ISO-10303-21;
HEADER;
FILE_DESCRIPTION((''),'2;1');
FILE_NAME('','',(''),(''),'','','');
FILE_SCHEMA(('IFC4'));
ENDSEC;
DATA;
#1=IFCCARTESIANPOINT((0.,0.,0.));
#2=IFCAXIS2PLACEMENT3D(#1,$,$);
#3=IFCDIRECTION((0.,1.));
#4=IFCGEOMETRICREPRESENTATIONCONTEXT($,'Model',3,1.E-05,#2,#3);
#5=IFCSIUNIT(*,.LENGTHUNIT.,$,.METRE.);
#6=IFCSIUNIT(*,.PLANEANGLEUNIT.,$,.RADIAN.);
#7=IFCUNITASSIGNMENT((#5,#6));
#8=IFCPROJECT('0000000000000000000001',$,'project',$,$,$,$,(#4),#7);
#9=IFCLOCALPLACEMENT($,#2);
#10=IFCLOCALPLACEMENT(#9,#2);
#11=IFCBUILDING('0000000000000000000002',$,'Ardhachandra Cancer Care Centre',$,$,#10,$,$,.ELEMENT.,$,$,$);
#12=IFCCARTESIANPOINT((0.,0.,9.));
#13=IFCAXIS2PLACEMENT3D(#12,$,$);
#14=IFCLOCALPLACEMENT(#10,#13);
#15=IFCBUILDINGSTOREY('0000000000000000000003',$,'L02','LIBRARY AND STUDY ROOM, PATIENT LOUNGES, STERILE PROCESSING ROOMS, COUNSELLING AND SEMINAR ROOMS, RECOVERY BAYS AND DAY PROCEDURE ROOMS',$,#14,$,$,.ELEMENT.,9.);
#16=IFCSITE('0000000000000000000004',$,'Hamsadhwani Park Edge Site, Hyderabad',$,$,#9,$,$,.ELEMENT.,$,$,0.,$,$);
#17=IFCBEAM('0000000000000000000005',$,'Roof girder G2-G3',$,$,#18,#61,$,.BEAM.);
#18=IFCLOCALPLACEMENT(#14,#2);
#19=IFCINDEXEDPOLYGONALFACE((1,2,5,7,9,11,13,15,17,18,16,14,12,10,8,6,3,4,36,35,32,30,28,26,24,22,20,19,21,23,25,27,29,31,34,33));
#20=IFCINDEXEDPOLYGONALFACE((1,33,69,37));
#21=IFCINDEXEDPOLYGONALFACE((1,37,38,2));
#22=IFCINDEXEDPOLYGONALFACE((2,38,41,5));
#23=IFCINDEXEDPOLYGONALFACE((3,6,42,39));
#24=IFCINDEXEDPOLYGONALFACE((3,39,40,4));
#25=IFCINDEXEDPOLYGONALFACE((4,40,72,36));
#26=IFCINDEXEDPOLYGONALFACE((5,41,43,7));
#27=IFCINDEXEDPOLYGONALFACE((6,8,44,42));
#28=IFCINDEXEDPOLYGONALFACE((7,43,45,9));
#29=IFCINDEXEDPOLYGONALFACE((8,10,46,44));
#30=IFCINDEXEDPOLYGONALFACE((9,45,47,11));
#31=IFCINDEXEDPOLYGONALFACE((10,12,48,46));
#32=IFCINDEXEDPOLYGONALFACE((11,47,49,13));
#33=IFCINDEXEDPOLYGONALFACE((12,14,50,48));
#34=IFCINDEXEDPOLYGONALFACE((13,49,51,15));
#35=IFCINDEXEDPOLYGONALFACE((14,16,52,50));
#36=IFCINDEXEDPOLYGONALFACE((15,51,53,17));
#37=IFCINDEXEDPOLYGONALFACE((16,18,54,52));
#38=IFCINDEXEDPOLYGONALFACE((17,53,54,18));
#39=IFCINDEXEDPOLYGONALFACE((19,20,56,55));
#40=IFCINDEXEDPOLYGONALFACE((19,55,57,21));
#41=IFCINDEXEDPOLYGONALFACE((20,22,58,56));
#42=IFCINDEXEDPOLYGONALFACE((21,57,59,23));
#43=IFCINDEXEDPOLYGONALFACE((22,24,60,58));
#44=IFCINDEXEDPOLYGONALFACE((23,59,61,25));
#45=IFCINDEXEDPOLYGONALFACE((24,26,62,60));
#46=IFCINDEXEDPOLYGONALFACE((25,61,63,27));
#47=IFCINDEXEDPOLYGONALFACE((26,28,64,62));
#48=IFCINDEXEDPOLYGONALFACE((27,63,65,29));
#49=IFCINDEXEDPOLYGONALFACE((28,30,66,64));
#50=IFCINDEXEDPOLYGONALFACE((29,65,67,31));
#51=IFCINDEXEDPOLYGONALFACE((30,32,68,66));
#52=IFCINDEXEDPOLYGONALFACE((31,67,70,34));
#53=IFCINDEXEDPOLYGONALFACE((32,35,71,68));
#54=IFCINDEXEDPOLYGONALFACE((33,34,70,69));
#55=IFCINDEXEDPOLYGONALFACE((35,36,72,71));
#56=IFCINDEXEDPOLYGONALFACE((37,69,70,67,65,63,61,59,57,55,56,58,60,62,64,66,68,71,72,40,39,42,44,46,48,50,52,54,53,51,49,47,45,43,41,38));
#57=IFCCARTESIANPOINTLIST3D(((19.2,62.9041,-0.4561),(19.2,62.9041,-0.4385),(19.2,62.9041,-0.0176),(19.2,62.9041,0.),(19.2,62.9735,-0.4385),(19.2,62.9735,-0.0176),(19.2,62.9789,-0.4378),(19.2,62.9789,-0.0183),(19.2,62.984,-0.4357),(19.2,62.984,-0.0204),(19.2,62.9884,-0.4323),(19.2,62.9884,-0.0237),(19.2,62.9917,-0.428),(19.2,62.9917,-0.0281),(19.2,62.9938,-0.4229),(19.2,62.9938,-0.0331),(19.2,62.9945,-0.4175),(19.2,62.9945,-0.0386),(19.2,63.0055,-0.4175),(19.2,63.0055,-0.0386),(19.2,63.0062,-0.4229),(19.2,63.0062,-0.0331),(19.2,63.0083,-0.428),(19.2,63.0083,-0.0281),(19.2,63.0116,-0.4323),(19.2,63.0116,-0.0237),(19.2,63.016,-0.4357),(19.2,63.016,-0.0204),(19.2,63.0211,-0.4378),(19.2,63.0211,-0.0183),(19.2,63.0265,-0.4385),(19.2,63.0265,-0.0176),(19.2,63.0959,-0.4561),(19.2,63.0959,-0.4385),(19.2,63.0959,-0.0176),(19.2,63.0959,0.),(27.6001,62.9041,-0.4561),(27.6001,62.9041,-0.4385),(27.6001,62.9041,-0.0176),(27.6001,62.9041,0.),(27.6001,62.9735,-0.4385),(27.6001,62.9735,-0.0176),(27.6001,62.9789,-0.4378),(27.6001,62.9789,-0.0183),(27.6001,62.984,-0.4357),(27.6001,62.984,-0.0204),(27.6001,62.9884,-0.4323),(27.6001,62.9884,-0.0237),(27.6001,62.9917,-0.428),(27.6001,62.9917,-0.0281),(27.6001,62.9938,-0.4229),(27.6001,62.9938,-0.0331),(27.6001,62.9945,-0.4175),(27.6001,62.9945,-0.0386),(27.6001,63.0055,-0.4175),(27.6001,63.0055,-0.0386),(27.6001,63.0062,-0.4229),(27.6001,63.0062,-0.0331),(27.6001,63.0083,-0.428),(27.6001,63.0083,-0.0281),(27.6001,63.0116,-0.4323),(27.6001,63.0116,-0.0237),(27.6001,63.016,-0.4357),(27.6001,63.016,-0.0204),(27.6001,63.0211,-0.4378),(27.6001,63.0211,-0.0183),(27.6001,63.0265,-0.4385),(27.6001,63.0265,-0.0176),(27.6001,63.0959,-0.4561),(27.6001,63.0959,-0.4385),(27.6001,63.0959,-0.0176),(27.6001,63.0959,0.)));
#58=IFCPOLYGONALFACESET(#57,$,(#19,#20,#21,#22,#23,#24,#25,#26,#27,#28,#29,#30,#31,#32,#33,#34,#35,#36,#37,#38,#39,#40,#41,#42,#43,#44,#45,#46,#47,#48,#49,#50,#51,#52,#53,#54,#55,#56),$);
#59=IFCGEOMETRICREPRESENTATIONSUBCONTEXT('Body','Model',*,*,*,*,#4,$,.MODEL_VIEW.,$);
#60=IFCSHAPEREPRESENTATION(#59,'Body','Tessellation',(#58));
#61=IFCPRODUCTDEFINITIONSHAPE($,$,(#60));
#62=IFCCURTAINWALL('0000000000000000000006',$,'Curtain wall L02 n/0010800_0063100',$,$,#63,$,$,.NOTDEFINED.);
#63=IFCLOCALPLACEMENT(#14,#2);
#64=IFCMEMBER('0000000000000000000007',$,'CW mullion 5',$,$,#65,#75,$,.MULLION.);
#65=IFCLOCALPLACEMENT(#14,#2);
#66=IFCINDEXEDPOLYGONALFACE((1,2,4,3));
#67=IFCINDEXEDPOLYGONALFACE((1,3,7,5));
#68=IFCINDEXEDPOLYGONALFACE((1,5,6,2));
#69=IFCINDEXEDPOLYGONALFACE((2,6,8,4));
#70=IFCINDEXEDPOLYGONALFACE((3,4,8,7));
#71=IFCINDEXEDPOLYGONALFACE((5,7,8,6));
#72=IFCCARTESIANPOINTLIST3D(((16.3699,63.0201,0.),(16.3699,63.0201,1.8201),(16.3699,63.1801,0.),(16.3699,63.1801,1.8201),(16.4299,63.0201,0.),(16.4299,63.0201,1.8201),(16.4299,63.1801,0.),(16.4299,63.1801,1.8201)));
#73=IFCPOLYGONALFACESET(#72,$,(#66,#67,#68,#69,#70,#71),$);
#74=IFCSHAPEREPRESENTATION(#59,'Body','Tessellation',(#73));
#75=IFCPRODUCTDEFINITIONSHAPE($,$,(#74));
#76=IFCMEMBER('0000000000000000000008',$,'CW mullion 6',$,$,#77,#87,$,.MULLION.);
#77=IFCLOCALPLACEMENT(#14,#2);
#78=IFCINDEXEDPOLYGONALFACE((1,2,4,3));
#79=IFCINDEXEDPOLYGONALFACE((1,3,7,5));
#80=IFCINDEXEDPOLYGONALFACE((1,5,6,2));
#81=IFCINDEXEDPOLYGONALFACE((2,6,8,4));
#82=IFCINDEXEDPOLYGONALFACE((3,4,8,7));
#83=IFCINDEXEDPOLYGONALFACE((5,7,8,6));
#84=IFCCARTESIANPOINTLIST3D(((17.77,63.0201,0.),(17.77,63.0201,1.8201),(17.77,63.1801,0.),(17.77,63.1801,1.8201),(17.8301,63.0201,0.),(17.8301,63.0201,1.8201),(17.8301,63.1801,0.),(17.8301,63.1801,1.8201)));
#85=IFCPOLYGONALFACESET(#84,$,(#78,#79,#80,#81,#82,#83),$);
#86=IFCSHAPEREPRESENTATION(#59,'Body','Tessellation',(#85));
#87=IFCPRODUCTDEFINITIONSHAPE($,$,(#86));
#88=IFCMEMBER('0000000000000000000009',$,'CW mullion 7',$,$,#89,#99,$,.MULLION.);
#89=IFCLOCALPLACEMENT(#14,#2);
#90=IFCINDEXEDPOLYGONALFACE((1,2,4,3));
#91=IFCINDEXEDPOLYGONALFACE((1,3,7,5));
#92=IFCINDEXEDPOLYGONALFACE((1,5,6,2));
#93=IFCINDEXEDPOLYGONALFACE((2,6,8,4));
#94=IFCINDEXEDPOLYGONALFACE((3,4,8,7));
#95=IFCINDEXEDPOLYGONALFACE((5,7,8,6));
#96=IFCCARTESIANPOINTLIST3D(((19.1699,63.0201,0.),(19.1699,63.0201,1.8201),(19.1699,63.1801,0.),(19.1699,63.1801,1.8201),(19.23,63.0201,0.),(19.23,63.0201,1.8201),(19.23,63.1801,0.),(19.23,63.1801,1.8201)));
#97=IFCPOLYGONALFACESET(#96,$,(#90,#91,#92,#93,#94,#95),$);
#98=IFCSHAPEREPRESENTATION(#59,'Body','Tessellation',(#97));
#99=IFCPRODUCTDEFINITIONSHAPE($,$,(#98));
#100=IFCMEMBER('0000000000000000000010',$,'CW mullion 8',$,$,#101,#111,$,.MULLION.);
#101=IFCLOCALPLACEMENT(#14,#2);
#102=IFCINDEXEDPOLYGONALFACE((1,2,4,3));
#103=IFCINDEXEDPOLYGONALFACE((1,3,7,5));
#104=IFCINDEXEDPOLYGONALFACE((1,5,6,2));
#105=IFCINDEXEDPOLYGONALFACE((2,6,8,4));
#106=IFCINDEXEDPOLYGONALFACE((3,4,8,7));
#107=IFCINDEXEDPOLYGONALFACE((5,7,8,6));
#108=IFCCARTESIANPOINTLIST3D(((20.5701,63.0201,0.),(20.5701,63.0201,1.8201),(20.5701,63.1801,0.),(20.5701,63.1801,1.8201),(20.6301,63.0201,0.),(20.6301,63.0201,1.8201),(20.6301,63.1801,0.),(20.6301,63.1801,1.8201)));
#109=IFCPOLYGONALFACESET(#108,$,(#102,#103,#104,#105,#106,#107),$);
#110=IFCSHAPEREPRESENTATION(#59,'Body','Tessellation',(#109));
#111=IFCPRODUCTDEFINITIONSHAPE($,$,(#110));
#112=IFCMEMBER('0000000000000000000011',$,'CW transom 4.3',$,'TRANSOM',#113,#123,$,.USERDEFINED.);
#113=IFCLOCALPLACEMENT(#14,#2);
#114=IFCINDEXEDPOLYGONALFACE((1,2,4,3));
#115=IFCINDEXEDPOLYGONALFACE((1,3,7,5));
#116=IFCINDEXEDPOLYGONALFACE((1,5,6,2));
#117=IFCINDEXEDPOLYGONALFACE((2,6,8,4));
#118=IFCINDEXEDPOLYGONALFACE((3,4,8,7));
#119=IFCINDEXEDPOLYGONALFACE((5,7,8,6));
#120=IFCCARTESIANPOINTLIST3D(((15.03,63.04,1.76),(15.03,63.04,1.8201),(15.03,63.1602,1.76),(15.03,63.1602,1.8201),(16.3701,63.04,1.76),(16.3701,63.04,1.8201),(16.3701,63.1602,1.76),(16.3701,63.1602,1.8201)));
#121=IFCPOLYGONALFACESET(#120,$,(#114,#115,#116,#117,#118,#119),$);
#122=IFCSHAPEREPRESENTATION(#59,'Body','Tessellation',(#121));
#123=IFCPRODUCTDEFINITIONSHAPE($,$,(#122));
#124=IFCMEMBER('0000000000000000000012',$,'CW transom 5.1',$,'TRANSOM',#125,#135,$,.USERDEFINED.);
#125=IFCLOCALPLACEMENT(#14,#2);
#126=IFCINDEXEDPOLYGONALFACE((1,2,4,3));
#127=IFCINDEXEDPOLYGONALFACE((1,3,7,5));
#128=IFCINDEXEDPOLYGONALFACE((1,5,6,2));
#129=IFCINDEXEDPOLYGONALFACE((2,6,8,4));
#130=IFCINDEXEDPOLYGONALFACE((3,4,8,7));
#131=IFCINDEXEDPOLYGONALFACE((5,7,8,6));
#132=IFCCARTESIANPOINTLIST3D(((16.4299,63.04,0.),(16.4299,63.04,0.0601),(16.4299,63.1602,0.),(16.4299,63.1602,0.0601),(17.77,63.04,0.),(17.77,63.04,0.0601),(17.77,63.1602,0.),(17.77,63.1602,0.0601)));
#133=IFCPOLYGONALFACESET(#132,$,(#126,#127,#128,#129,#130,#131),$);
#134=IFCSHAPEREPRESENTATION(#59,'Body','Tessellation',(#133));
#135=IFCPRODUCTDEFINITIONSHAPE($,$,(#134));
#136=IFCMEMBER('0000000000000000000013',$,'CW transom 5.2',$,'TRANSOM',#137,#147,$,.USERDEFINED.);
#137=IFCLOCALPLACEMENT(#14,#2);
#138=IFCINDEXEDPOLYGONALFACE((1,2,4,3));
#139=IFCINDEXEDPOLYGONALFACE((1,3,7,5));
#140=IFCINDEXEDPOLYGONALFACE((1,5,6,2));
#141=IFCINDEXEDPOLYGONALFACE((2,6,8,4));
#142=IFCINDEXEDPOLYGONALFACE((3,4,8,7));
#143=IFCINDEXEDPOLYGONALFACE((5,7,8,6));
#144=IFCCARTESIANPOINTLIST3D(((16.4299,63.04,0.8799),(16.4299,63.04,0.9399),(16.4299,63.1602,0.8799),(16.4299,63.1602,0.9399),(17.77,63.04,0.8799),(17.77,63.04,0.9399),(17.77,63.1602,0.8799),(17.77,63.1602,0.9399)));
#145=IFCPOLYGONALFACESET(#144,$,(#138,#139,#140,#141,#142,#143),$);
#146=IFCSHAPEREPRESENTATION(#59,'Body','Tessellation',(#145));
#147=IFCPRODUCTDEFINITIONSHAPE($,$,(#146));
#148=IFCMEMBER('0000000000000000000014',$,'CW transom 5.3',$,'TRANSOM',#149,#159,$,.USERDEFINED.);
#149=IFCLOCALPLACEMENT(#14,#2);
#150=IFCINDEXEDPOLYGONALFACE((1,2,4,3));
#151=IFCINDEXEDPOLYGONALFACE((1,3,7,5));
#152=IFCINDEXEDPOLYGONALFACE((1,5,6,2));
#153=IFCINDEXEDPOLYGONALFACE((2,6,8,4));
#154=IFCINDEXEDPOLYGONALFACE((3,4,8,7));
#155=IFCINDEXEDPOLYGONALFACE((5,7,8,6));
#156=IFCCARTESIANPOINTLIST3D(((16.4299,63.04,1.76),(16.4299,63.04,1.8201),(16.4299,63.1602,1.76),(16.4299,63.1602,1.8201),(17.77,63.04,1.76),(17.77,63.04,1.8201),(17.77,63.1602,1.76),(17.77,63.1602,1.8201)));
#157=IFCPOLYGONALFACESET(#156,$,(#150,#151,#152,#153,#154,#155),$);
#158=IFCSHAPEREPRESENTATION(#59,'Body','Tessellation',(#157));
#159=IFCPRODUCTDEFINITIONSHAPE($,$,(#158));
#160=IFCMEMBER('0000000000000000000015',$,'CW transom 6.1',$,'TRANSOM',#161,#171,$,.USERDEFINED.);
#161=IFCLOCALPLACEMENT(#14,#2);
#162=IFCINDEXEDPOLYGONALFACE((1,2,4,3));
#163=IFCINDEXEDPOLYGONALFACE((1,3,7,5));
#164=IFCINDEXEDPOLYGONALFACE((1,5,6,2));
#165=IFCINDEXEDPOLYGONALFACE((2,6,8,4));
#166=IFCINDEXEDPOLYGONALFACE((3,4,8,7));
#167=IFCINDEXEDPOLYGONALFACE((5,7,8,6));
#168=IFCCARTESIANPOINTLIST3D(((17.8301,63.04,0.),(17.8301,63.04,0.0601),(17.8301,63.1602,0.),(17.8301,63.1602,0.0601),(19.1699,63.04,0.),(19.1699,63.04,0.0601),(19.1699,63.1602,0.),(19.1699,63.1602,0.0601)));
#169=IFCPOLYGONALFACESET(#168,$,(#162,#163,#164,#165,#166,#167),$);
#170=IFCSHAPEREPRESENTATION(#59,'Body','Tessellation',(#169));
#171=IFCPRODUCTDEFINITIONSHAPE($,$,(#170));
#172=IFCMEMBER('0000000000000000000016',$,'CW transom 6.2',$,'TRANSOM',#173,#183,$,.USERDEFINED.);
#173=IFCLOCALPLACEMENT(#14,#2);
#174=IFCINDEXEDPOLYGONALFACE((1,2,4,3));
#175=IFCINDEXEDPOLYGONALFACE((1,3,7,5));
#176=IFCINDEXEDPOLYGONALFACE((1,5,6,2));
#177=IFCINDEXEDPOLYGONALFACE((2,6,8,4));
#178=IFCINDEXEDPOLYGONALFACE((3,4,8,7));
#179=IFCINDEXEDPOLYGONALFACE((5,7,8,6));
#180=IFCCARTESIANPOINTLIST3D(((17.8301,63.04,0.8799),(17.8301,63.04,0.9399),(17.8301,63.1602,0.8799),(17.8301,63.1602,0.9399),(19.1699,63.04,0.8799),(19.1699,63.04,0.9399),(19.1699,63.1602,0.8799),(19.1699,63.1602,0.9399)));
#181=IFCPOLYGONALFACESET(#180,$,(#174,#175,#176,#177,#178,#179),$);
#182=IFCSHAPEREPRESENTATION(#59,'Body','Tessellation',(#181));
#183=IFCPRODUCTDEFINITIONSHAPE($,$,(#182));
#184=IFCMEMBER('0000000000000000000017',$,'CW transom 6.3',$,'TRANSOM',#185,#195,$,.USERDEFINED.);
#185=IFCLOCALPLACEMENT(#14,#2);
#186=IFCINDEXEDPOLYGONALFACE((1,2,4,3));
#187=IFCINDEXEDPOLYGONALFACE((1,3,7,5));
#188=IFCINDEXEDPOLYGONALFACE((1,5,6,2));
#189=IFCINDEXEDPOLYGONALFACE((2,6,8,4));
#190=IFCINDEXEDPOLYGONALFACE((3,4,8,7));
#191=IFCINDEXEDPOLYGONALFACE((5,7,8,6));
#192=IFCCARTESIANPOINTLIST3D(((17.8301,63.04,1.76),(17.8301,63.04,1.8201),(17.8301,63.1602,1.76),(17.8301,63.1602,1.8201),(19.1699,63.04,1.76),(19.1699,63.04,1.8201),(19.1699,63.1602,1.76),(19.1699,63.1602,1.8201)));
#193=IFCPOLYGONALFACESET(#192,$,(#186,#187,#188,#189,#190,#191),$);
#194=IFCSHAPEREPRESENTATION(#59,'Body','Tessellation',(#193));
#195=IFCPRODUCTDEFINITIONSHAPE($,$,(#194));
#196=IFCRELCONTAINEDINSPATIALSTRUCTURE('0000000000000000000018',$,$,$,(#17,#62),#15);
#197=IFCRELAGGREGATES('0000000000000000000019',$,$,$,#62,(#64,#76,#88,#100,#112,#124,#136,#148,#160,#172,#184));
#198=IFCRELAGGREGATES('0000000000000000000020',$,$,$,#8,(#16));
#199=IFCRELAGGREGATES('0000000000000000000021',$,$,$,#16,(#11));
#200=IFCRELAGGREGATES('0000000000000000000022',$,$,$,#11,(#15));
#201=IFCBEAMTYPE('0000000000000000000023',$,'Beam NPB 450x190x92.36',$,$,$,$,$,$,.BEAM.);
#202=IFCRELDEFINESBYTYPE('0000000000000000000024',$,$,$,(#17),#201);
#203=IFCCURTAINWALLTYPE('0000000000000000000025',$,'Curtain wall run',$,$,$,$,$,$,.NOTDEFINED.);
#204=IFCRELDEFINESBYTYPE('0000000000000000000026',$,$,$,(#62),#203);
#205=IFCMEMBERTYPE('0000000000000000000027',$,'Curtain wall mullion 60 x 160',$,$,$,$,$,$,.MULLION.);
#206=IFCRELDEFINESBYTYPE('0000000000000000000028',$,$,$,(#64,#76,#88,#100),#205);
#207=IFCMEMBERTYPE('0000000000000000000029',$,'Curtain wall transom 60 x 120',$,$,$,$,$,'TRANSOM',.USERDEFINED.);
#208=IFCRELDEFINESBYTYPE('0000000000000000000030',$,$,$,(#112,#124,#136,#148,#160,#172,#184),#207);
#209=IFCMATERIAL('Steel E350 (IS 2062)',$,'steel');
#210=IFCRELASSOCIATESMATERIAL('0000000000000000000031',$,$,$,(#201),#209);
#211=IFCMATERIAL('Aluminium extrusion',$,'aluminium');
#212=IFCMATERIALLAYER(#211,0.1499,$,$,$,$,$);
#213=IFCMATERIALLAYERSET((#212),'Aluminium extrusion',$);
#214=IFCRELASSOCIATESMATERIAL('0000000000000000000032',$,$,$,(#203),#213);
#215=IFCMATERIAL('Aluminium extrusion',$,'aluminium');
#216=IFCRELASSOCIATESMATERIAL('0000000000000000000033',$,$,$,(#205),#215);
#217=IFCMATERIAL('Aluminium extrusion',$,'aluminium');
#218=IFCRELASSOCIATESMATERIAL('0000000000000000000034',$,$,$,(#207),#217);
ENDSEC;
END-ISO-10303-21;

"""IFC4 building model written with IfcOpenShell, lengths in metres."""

from ifc_helpers import new_model, si_unit, direction, frame, origin, origin_2d, place, context, subcontext, project, spatial, rectangle, i_section, extrude, material, layer, layer_set, material_profile, profile_set, type_object, element, aggregate, save


model = new_model("IFC4")

# Units and contexts
model_context = context("Model", 3, precision=1e-05, world=origin(), true_north=direction((0.0, 1.0)))
body_context = subcontext(model_context, "Body", "Model", "MODEL_VIEW")
ifc_project = project(units=[si_unit("LENGTHUNIT", "METRE"), si_unit("PLANEANGLEUNIT", "RADIAN")], contexts=[model_context])

# Site, building, storey
site_placement = place(None, origin())
site = spatial("IfcSite", under=ifc_project, at=site_placement, Name="Hamsadhwani Park Edge Site, Hyderabad", CompositionType="ELEMENT", RefElevation=0.0)
building_placement = place(site_placement, origin())
building = spatial("IfcBuilding", under=site, at=building_placement, Name="Ardhachandra Cancer Care Centre", CompositionType="ELEMENT")
storey_placement = place(building_placement, frame((0.0, 0.0, 9.0)))
storey = spatial("IfcBuildingStorey", under=building, at=storey_placement, Name="L02", Description="LIBRARY AND STUDY ROOM, PATIENT LOUNGES, STERILE PROCESSING ROOMS, COUNSELLING AND SEMINAR ROOMS, RECOVERY BAYS AND DAY PROCEDURE ROOMS", CompositionType="ELEMENT", Elevation=9.0)

# Beam
ifc_material_1 = material(Name="Steel E350 (IS 2062)", Category="steel")
ifc_material_profile_1 = material_profile(ifc_material_1, i_section(OverallWidth=0.1919, OverallDepth=0.4561, WebThickness=0.011, FlangeThickness=0.0176, FilletRadius=0.021, at=origin_2d()), Name="NPB 450x190x92.36")
ifc_profile_set_1 = profile_set([ifc_material_profile_1], Name="Steel E350 (IS 2062)")
beam_type = type_object("IfcBeamType", Name="Beam NPB 450x190x92.36", PredefinedType="BEAM", material=ifc_profile_set_1)
beam_placement = place(storey_placement, frame((19.2, 63.0, -0.228), z_axis=(1.0, 0.0, 0.0), x_axis=(0.0, 1.0, 0.0)))
element("IfcBeam", 1, at=beam_placement, inside=storey, type_object=beam_type, Name="Roof girder G2-G3", PredefinedType="BEAM", context=body_context, shape_type="SweptSolid", body=[
    extrude(i_section(OverallWidth=0.1919, OverallDepth=0.4561, WebThickness=0.011, FlangeThickness=0.0176, FilletRadius=0.021, at=origin_2d()), origin(), (0.0, 0.0, 1.0), 8.4001),
])

# Curtain wall, members
ifc_material_2 = material(Name="Aluminium extrusion", Category="aluminium")
ifc_layer_1 = layer(ifc_material_2, 0.1499)
ifc_layer_set_1 = layer_set([ifc_layer_1], Name="Aluminium extrusion")
curtain_wall_type = type_object("IfcCurtainWallType", Name="Curtain wall run", PredefinedType="NOTDEFINED", material=ifc_layer_set_1)
curtain_wall_placement = place(storey_placement, origin())
curtain_wall = element("IfcCurtainWall", 2, at=curtain_wall_placement, inside=storey, type_object=curtain_wall_type, Name="Curtain wall L02 n/0010800_0063100", PredefinedType="NOTDEFINED")
ifc_material_3 = material(Name="Aluminium extrusion", Category="aluminium")
ifc_material_profile_2 = material_profile(ifc_material_3, rectangle(XDim=0.1599, YDim=0.0601, at=origin_2d()), Name="Curtain wall mullion 60 x 160")
ifc_profile_set_2 = profile_set([ifc_material_profile_2], Name="Aluminium extrusion")
member_type_1 = type_object("IfcMemberType", Name="Curtain wall mullion 60 x 160", PredefinedType="MULLION", material=ifc_profile_set_2)
member_1_placement = place(storey_placement, frame((16.3999, 63.1001, 0.0), z_axis=(0.0, 0.0, 1.0), x_axis=(0.0, 1.0, 0.0)))
member_1 = element("IfcMember", 3, at=member_1_placement, type_object=member_type_1, Name="CW mullion 5", PredefinedType="MULLION", context=body_context, shape_type="SweptSolid", body=[
    extrude(rectangle(XDim=0.1599, YDim=0.0601, at=origin_2d()), origin(), (0.0, 0.0, 1.0), 1.8201),
])
member_2_placement = place(storey_placement, frame((17.8, 63.1001, 0.0), z_axis=(0.0, 0.0, 1.0), x_axis=(0.0, 1.0, 0.0)))
member_2 = element("IfcMember", 4, at=member_2_placement, type_object=member_type_1, Name="CW mullion 6", PredefinedType="MULLION", context=body_context, shape_type="SweptSolid", body=[
    extrude(rectangle(XDim=0.1599, YDim=0.0601, at=origin_2d()), origin(), (0.0, 0.0, 1.0), 1.8201),
])
member_3_placement = place(storey_placement, frame((19.2, 63.1001, 0.0), z_axis=(0.0, 0.0, 1.0), x_axis=(0.0, 1.0, 0.0)))
member_3 = element("IfcMember", 5, at=member_3_placement, type_object=member_type_1, Name="CW mullion 7", PredefinedType="MULLION", context=body_context, shape_type="SweptSolid", body=[
    extrude(rectangle(XDim=0.1599, YDim=0.0601, at=origin_2d()), origin(), (0.0, 0.0, 1.0), 1.8201),
])
member_4_placement = place(storey_placement, frame((20.6001, 63.1001, 0.0), z_axis=(0.0, 0.0, 1.0), x_axis=(0.0, 1.0, 0.0)))
member_4 = element("IfcMember", 6, at=member_4_placement, type_object=member_type_1, Name="CW mullion 8", PredefinedType="MULLION", context=body_context, shape_type="SweptSolid", body=[
    extrude(rectangle(XDim=0.1599, YDim=0.0601, at=origin_2d()), origin(), (0.0, 0.0, 1.0), 1.8201),
])
ifc_material_4 = material(Name="Aluminium extrusion", Category="aluminium")
ifc_material_profile_3 = material_profile(ifc_material_4, rectangle(XDim=0.1201, YDim=0.0601, at=origin_2d()), Name="Curtain wall transom 60 x 120")
ifc_profile_set_3 = profile_set([ifc_material_profile_3], Name="Aluminium extrusion")
member_type_2 = type_object("IfcMemberType", Name="Curtain wall transom 60 x 120", ElementType="TRANSOM", PredefinedType="USERDEFINED", material=ifc_profile_set_3)
member_5_placement = place(storey_placement, frame((15.03, 63.1001, 1.79), z_axis=(1.0, 0.0, 0.0), x_axis=(0.0, 1.0, 0.0)))
member_5 = element("IfcMember", 7, at=member_5_placement, type_object=member_type_2, Name="CW transom 4.3", ObjectType="TRANSOM", PredefinedType="USERDEFINED", context=body_context, shape_type="SweptSolid", body=[
    extrude(rectangle(XDim=0.1201, YDim=0.0601, at=origin_2d()), origin(), (0.0, 0.0, 1.0), 1.3401),
])
member_6_placement = place(storey_placement, frame((16.4299, 63.1001, 0.03), z_axis=(1.0, 0.0, 0.0), x_axis=(0.0, 1.0, 0.0)))
member_6 = element("IfcMember", 8, at=member_6_placement, type_object=member_type_2, Name="CW transom 5.1", ObjectType="TRANSOM", PredefinedType="USERDEFINED", context=body_context, shape_type="SweptSolid", body=[
    extrude(rectangle(XDim=0.1201, YDim=0.0601, at=origin_2d()), origin(), (0.0, 0.0, 1.0), 1.3401),
])
member_7_placement = place(storey_placement, frame((16.4299, 63.1001, 0.9099), z_axis=(1.0, 0.0, 0.0), x_axis=(0.0, 1.0, 0.0)))
member_7 = element("IfcMember", 9, at=member_7_placement, type_object=member_type_2, Name="CW transom 5.2", ObjectType="TRANSOM", PredefinedType="USERDEFINED", context=body_context, shape_type="SweptSolid", body=[
    extrude(rectangle(XDim=0.1201, YDim=0.0601, at=origin_2d()), origin(), (0.0, 0.0, 1.0), 1.3401),
])
member_8_placement = place(storey_placement, frame((16.4299, 63.1001, 1.79), z_axis=(1.0, 0.0, 0.0), x_axis=(0.0, 1.0, 0.0)))
member_8 = element("IfcMember", 10, at=member_8_placement, type_object=member_type_2, Name="CW transom 5.3", ObjectType="TRANSOM", PredefinedType="USERDEFINED", context=body_context, shape_type="SweptSolid", body=[
    extrude(rectangle(XDim=0.1201, YDim=0.0601, at=origin_2d()), origin(), (0.0, 0.0, 1.0), 1.3401),
])
member_9_placement = place(storey_placement, frame((17.8301, 63.1001, 0.03), z_axis=(1.0, 0.0, 0.0), x_axis=(0.0, 1.0, 0.0)))
member_9 = element("IfcMember", 11, at=member_9_placement, type_object=member_type_2, Name="CW transom 6.1", ObjectType="TRANSOM", PredefinedType="USERDEFINED", context=body_context, shape_type="SweptSolid", body=[
    extrude(rectangle(XDim=0.1201, YDim=0.0601, at=origin_2d()), origin(), (0.0, 0.0, 1.0), 1.3398),
])
member_10_placement = place(storey_placement, frame((17.8301, 63.1001, 0.9099), z_axis=(1.0, 0.0, 0.0), x_axis=(0.0, 1.0, 0.0)))
member_10 = element("IfcMember", 12, at=member_10_placement, type_object=member_type_2, Name="CW transom 6.2", ObjectType="TRANSOM", PredefinedType="USERDEFINED", context=body_context, shape_type="SweptSolid", body=[
    extrude(rectangle(XDim=0.1201, YDim=0.0601, at=origin_2d()), origin(), (0.0, 0.0, 1.0), 1.3398),
])
member_11_placement = place(storey_placement, frame((17.8301, 63.1001, 1.79), z_axis=(1.0, 0.0, 0.0), x_axis=(0.0, 1.0, 0.0)))
member_11 = element("IfcMember", 13, at=member_11_placement, type_object=member_type_2, Name="CW transom 6.3", ObjectType="TRANSOM", PredefinedType="USERDEFINED", context=body_context, shape_type="SweptSolid", body=[
    extrude(rectangle(XDim=0.1201, YDim=0.0601, at=origin_2d()), origin(), (0.0, 0.0, 1.0), 1.3398),
])

aggregate(curtain_wall, [member_1, member_2, member_3, member_4, member_5, member_6, member_7, member_8, member_9, member_10, member_11])

save(model, "model.ifc")
